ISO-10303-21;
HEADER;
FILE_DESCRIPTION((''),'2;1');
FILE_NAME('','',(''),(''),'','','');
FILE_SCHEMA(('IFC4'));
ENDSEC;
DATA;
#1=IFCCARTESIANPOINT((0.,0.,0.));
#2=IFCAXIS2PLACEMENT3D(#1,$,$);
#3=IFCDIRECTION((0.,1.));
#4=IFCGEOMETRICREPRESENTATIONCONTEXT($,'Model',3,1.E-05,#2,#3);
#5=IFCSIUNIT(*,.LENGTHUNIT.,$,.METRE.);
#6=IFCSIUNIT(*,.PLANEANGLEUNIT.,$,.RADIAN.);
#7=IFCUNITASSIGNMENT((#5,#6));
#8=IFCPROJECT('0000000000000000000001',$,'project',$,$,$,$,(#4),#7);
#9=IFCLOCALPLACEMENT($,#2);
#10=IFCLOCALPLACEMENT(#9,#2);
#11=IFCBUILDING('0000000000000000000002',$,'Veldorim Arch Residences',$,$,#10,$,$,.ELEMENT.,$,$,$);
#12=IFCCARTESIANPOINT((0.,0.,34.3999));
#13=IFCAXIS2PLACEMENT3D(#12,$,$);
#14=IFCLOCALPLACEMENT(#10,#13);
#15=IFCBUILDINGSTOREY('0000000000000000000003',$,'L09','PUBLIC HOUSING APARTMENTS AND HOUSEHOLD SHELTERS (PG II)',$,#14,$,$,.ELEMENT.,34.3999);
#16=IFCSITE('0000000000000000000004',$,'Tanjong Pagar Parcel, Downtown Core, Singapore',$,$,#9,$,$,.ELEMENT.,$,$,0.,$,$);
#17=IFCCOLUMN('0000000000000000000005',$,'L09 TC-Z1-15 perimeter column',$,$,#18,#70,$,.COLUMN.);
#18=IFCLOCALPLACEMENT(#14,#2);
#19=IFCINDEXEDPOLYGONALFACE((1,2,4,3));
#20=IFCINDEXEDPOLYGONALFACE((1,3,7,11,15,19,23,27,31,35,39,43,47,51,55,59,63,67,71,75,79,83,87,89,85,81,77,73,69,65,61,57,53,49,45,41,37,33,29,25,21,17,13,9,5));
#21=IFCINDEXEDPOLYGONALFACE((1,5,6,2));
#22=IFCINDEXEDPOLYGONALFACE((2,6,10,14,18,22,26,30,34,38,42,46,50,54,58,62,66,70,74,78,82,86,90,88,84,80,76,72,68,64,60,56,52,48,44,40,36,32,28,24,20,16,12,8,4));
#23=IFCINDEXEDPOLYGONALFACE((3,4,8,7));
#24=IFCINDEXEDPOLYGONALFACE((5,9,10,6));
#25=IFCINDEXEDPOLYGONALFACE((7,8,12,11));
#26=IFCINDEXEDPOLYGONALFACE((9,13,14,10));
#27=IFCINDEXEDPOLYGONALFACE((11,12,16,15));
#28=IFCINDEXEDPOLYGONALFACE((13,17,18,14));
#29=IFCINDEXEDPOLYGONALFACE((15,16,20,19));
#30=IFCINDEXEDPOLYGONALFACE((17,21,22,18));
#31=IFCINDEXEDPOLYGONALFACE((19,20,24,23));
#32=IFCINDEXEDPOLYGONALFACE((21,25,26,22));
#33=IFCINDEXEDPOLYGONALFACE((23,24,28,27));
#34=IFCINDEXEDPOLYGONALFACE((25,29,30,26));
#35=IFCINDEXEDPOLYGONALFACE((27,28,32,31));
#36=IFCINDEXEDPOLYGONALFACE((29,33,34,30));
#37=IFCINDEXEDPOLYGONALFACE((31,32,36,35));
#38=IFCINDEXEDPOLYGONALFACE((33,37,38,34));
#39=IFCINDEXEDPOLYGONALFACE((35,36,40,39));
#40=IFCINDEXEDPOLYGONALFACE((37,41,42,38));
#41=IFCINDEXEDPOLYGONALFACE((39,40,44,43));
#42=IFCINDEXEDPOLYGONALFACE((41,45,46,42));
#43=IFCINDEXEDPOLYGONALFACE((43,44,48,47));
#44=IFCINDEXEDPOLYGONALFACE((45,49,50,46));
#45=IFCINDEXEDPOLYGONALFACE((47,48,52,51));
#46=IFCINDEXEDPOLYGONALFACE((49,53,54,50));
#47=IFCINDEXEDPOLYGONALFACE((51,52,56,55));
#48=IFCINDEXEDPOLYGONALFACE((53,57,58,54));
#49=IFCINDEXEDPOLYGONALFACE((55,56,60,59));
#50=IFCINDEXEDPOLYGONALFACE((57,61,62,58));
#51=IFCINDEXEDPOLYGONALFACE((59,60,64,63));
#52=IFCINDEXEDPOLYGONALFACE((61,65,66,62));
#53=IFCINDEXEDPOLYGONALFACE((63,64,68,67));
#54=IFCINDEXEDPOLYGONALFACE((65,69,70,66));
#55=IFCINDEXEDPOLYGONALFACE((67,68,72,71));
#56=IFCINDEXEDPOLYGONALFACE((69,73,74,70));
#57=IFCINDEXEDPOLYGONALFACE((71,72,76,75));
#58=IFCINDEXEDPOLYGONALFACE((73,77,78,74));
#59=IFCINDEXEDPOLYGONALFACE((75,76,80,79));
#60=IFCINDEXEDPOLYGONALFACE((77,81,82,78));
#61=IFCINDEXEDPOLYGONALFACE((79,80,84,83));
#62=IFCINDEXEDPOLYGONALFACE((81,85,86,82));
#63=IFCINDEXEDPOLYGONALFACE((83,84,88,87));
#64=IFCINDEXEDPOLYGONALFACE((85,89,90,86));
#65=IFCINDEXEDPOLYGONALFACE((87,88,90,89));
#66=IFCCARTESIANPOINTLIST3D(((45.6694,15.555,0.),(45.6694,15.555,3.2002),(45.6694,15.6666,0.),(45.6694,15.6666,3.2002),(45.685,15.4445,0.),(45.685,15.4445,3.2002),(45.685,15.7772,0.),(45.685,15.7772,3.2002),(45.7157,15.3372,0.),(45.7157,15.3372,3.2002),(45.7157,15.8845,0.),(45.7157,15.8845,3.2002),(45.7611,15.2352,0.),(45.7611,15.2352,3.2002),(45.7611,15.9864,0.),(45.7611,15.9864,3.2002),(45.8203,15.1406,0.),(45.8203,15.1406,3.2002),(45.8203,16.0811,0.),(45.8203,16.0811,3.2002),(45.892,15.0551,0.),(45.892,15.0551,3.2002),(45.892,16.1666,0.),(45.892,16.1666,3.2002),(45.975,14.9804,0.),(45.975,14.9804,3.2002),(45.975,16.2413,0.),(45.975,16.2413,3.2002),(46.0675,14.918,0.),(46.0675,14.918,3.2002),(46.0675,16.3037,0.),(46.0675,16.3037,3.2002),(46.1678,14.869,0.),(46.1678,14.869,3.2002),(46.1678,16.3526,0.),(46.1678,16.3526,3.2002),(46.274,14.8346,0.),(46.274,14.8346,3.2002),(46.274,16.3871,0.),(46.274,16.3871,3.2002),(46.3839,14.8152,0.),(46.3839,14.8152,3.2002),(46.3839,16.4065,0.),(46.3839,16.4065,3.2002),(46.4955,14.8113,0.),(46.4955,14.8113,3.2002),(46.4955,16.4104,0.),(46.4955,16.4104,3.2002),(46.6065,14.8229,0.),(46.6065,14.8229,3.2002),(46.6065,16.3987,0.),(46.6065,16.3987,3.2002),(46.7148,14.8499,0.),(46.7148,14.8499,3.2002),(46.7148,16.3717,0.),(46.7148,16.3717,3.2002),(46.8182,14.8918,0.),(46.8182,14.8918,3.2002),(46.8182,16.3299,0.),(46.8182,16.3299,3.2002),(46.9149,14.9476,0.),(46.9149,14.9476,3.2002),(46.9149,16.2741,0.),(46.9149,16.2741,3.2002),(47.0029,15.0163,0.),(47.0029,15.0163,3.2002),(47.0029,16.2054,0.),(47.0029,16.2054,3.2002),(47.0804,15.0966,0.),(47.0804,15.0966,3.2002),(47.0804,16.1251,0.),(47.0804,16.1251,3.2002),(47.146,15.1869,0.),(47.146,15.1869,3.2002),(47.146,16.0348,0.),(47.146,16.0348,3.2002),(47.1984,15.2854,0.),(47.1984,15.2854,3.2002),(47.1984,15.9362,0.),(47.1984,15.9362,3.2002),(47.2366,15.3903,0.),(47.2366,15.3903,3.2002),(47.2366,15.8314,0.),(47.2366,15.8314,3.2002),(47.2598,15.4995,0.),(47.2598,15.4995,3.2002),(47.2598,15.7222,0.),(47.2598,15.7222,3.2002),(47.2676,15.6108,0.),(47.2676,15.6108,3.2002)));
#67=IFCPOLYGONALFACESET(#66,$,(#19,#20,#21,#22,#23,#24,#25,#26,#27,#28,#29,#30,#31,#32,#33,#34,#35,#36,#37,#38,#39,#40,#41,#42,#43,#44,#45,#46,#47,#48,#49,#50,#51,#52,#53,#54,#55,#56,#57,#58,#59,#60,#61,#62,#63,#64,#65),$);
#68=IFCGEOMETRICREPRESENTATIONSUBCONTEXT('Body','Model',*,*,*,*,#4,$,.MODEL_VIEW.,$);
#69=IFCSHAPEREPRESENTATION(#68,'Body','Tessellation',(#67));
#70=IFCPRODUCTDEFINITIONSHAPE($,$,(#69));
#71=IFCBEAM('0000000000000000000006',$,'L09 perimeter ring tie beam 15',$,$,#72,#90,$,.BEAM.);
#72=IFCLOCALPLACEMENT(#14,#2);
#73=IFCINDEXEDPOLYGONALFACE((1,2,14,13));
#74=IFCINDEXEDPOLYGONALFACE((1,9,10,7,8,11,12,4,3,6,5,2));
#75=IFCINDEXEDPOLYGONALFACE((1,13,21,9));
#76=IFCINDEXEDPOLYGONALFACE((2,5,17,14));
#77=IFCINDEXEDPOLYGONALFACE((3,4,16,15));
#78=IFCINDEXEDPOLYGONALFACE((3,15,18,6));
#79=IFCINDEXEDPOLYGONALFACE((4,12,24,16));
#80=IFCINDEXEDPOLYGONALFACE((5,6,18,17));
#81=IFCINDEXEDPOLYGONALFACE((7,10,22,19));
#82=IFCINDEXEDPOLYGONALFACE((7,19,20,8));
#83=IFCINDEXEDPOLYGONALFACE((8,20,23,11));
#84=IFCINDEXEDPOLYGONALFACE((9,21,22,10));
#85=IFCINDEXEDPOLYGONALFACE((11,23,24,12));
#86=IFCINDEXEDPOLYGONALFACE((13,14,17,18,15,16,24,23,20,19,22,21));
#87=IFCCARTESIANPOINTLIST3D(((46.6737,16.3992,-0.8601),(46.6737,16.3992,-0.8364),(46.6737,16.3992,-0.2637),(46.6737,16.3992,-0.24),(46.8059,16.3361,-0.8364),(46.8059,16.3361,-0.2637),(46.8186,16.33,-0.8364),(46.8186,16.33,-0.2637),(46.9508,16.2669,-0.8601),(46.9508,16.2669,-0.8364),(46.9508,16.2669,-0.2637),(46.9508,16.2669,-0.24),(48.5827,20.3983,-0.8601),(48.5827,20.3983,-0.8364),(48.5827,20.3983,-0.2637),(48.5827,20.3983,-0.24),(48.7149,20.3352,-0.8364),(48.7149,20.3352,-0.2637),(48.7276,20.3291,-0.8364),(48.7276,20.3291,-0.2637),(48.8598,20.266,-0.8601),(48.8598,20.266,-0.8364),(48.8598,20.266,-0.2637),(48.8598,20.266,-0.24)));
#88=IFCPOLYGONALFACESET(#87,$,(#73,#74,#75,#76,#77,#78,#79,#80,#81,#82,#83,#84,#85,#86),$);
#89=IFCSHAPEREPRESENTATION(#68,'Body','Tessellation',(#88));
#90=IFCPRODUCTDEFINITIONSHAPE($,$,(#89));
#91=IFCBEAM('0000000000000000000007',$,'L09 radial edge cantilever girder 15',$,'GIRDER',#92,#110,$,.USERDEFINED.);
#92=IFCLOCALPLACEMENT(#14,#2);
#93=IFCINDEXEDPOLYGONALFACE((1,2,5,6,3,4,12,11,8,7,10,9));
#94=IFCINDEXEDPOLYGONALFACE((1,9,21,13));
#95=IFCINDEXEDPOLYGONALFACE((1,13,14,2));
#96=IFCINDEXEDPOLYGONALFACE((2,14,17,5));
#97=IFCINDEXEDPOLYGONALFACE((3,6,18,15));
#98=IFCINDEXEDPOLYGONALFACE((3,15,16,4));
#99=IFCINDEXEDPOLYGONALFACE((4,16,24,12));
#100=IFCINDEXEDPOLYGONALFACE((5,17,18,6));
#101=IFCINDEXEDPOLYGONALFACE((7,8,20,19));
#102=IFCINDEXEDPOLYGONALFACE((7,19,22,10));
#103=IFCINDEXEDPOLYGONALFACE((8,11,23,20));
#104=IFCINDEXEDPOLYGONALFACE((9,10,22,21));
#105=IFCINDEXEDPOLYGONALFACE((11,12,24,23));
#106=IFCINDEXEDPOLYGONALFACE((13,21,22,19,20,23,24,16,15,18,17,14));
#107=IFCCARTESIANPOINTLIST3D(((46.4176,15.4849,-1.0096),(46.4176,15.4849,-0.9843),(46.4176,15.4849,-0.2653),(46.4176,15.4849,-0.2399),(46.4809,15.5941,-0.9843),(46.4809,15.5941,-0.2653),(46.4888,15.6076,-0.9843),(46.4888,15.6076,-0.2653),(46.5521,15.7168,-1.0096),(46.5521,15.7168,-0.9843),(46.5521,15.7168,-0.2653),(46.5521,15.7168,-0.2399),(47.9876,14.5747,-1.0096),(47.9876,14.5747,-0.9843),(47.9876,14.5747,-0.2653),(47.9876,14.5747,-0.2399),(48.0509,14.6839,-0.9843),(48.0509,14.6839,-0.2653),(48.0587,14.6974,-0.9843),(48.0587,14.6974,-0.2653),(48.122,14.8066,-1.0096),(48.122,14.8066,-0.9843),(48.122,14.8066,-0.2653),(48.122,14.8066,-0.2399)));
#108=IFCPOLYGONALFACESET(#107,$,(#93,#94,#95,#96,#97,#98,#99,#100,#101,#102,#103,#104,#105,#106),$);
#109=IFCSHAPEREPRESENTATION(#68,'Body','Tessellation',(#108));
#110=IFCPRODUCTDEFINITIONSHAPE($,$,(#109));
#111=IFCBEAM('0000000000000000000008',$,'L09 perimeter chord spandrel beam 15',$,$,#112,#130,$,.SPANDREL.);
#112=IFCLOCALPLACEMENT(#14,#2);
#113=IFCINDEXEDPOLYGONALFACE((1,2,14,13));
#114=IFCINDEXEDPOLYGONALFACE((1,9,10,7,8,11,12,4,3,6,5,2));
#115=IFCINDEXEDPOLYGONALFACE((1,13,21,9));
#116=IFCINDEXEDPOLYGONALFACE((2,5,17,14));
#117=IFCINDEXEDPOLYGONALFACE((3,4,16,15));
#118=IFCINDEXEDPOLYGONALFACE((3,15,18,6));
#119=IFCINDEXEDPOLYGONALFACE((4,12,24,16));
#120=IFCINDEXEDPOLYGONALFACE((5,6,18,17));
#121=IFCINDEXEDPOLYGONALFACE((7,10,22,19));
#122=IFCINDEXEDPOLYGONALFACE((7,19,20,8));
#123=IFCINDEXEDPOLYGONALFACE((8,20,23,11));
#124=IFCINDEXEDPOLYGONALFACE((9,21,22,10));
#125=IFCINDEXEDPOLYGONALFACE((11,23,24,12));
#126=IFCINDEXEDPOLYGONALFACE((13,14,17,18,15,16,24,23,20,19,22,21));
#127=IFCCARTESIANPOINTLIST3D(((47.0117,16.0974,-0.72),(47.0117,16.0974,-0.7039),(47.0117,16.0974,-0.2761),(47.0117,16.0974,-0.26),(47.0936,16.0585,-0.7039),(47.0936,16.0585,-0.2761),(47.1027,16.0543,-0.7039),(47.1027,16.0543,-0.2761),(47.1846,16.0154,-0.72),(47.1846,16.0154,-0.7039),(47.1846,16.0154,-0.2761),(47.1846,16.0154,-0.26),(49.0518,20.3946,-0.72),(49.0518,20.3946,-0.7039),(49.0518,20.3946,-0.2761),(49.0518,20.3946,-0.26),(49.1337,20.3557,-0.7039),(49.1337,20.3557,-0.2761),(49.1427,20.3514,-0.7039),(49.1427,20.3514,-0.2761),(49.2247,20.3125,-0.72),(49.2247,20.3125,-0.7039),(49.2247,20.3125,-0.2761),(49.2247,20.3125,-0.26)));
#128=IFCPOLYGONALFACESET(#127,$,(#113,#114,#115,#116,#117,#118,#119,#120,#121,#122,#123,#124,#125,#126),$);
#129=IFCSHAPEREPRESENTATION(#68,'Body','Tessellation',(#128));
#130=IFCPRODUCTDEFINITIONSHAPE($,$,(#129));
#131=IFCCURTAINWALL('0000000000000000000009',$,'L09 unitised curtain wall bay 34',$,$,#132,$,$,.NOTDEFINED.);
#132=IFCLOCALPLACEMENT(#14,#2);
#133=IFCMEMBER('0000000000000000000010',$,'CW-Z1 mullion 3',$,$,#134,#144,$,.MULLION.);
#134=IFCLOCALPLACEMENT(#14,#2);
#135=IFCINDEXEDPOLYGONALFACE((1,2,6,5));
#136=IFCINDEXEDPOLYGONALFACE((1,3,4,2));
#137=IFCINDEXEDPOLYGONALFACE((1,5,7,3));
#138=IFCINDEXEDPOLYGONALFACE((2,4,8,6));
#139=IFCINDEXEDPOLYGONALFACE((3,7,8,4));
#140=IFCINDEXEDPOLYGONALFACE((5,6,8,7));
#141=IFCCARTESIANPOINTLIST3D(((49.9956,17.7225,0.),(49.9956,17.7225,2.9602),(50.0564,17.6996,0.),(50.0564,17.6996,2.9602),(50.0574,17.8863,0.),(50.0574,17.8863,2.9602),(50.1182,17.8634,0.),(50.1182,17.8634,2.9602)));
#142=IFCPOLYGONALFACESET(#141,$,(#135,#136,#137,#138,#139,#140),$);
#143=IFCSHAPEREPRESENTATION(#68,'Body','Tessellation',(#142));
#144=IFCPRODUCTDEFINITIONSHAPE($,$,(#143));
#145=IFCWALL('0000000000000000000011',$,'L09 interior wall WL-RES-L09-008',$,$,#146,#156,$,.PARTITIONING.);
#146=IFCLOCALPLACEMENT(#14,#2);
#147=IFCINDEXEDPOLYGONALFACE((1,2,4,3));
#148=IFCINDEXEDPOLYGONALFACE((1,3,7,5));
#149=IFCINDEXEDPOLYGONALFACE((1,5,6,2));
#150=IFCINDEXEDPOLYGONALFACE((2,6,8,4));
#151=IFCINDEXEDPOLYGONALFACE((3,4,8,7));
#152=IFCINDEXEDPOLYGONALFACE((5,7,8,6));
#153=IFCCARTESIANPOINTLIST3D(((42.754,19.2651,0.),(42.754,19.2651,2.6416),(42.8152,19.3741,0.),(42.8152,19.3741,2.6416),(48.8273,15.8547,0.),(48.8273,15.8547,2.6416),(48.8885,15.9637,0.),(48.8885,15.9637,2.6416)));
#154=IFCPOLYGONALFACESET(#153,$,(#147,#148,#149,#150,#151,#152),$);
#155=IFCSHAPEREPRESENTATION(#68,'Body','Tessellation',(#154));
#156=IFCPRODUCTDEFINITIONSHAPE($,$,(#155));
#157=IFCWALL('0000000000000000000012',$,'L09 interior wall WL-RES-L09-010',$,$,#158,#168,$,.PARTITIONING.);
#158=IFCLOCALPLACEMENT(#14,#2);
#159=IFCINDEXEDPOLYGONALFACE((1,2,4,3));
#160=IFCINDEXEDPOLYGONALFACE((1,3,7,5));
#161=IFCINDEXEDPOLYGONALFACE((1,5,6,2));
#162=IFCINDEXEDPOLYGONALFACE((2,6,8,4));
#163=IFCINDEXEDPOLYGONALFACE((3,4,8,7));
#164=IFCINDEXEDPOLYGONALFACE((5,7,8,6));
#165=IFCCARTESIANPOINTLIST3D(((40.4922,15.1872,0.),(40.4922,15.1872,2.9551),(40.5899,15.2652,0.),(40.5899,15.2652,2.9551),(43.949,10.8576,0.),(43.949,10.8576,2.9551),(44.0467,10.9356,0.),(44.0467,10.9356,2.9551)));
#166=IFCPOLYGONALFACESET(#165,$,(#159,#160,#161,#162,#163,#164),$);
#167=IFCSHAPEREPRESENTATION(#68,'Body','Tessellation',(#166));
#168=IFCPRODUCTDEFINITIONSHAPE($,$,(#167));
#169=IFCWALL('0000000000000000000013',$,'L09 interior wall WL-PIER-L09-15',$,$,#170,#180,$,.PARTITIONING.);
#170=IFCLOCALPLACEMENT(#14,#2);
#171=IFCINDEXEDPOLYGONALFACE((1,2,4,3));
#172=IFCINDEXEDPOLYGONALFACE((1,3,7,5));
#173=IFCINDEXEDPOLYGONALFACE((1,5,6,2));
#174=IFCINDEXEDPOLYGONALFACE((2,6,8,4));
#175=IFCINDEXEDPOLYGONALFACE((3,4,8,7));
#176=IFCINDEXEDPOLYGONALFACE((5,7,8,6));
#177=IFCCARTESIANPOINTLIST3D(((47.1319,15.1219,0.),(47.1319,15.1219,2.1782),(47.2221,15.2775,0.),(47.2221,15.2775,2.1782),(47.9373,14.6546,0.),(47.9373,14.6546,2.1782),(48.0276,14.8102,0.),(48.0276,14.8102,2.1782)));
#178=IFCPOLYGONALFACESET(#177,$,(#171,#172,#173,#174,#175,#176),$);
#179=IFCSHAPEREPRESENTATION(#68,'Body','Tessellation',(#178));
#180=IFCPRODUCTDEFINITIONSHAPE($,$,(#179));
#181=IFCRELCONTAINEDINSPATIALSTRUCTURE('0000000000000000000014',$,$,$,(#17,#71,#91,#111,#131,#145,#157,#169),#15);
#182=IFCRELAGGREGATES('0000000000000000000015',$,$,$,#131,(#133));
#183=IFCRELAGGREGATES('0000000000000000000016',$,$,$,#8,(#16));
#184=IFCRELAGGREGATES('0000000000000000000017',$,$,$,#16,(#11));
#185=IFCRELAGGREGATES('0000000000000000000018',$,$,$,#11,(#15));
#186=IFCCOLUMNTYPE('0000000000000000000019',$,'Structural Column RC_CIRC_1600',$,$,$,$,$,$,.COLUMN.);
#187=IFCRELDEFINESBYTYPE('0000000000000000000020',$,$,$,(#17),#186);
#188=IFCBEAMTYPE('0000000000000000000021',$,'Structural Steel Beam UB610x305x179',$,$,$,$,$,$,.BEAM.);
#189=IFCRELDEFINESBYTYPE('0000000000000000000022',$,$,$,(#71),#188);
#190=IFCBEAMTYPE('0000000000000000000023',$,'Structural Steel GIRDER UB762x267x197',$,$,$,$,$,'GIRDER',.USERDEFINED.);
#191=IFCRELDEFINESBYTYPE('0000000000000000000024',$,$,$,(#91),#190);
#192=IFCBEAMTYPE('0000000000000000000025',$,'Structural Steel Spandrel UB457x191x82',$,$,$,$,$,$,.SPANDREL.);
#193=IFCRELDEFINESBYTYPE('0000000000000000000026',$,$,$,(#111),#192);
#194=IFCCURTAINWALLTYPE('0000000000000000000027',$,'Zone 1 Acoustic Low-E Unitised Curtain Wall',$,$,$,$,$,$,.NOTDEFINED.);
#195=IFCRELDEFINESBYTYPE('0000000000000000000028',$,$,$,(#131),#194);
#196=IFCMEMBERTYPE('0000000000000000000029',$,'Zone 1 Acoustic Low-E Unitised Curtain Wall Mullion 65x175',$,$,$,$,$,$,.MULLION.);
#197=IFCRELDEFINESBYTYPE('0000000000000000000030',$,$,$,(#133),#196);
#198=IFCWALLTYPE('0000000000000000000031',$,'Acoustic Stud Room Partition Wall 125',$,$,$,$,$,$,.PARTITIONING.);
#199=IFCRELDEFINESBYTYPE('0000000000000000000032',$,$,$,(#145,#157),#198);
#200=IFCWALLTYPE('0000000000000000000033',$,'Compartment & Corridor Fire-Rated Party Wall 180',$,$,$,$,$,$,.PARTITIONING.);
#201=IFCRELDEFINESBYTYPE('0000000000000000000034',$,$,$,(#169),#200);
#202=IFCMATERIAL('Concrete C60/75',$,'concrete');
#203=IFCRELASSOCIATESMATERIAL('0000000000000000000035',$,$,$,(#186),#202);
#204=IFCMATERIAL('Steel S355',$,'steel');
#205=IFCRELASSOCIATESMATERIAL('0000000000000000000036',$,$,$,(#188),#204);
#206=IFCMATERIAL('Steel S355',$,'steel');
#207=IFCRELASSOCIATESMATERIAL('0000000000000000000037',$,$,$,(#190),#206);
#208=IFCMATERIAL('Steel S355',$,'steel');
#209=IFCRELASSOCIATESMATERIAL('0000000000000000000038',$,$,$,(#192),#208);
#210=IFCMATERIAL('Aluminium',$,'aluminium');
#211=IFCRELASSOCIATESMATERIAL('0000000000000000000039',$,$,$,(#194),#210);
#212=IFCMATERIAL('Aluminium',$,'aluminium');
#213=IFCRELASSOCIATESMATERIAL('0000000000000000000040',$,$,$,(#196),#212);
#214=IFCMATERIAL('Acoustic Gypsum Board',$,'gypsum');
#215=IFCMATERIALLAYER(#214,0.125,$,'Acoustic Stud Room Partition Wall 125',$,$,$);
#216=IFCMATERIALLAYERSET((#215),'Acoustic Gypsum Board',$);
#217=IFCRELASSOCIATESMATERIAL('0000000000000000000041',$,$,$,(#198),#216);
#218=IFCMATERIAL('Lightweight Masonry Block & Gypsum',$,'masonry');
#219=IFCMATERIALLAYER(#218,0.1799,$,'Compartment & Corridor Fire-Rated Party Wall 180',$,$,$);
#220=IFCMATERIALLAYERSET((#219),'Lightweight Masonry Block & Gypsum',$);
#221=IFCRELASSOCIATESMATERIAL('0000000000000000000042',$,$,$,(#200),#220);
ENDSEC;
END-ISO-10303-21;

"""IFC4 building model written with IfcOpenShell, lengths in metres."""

from ifc_helpers import new_model, si_unit, direction, frame, frame_2d, origin, origin_2d, place, context, subcontext, project, spatial, rectangle, circle, i_section, extrude, material, layer, layer_set, material_profile, profile_set, type_object, element, aggregate, save


model = new_model("IFC4")

# Units and contexts
model_context = context("Model", 3, precision=1e-05, world=origin(), true_north=direction((0.0, 1.0)))
body_context = subcontext(model_context, "Body", "Model", "MODEL_VIEW")
ifc_project = project(units=[si_unit("LENGTHUNIT", "METRE"), si_unit("PLANEANGLEUNIT", "RADIAN")], contexts=[model_context])

# Site, building, storey
site_placement = place(None, origin())
site = spatial("IfcSite", under=ifc_project, at=site_placement, Name="Tanjong Pagar Parcel, Downtown Core, Singapore", CompositionType="ELEMENT", RefElevation=0.0)
building_placement = place(site_placement, origin())
building = spatial("IfcBuilding", under=site, at=building_placement, Name="Veldorim Arch Residences", CompositionType="ELEMENT")
storey_placement = place(building_placement, frame((0.0, 0.0, 34.3999)))
storey = spatial("IfcBuildingStorey", under=building, at=storey_placement, Name="L09", Description="PUBLIC HOUSING APARTMENTS AND HOUSEHOLD SHELTERS (PG II)", CompositionType="ELEMENT", Elevation=34.3999)

# Column
ifc_material_1 = material(Name="Concrete C60/75", Category="concrete")
ifc_material_profile_1 = material_profile(ifc_material_1, circle(Radius=0.8, at=origin_2d()), Name="RC_CIRC_1600")
ifc_profile_set_1 = profile_set([ifc_material_profile_1], Name="Concrete C60/75")
column_type = type_object("IfcColumnType", Name="Structural Column RC_CIRC_1600", PredefinedType="COLUMN", material=ifc_profile_set_1)
column_placement = place(storey_placement, frame((46.4675, 15.6108, 0.0), z_axis=(0.0, 0.0, 1.0), x_axis=(1.0, 0.0, 0.0)))
element("IfcColumn", 1, at=column_placement, inside=storey, type_object=column_type, Name="L09 TC-Z1-15 perimeter column", PredefinedType="COLUMN", context=body_context, shape_type="SweptSolid", body=[
    extrude(circle(Radius=0.8, at=origin_2d()), origin(), (0.0, 0.0, 1.0), 3.2002),
])

# Beams
ifc_material_2 = material(Name="Steel S355", Category="steel")
ifc_material_profile_2 = material_profile(ifc_material_2, i_section(OverallWidth=0.3071, OverallDepth=0.6201, WebThickness=0.0142, FlangeThickness=0.0237, at=origin_2d()), Name="UB610x305x179")
ifc_profile_set_2 = profile_set([ifc_material_profile_2], Name="Steel S355")
beam_type_1 = type_object("IfcBeamType", Name="Structural Steel Beam UB610x305x179", PredefinedType="BEAM", material=ifc_profile_set_2)
beam_1_placement = place(storey_placement, frame((46.8123, 16.333, -0.55), z_axis=(0.430787, 0.902454, 0.0), x_axis=(-0.902454, 0.430787, 0.0)))
element("IfcBeam", 2, at=beam_1_placement, inside=storey, type_object=beam_type_1, Name="L09 perimeter ring tie beam 15", PredefinedType="BEAM", context=body_context, shape_type="SweptSolid", body=[
    extrude(i_section(OverallWidth=0.3071, OverallDepth=0.6201, WebThickness=0.0142, FlangeThickness=0.0237, at=origin_2d()), origin(), (0.0, 0.0, 1.0), 4.4314),
])
ifc_material_3 = material(Name="Steel S355", Category="steel")
ifc_material_profile_3 = material_profile(ifc_material_3, i_section(OverallWidth=0.2681, OverallDepth=0.7698, WebThickness=0.0156, FlangeThickness=0.0254, at=origin_2d()), Name="UB762x267x197")
ifc_profile_set_3 = profile_set([ifc_material_profile_3], Name="Steel S355")
beam_type_2 = type_object("IfcBeamType", Name="Structural Steel GIRDER UB762x267x197", ElementType="GIRDER", PredefinedType="USERDEFINED", material=ifc_profile_set_3)
beam_2_placement = place(storey_placement, frame((46.4849, 15.6008, -0.6248), z_axis=(0.865113, -0.501577, 0.0), x_axis=(0.501577, 0.865113, 0.0)))
element("IfcBeam", 3, at=beam_2_placement, inside=storey, type_object=beam_type_2, Name="L09 radial edge cantilever girder 15", ObjectType="GIRDER", PredefinedType="USERDEFINED", context=body_context, shape_type="SweptSolid", body=[
    extrude(i_section(OverallWidth=0.2681, OverallDepth=0.7698, WebThickness=0.0156, FlangeThickness=0.0254, at=origin_2d()), origin(), (0.0, 0.0, 1.0), 1.8147),
])
ifc_material_4 = material(Name="Steel S355", Category="steel")
ifc_material_profile_4 = material_profile(ifc_material_4, i_section(OverallWidth=0.1914, OverallDepth=0.46, WebThickness=0.01, FlangeThickness=0.0161, at=origin_2d()), Name="UB457x191x82")
ifc_profile_set_4 = profile_set([ifc_material_profile_4], Name="Steel S355")
beam_type_3 = type_object("IfcBeamType", Name="Structural Steel Spandrel UB457x191x82", PredefinedType="SPANDREL", material=ifc_profile_set_4)
beam_3_placement = place(storey_placement, frame((47.0981, 16.0564, -0.49), z_axis=(0.428869, 0.903366, 0.0), x_axis=(-0.903366, 0.428869, 0.0)))
element("IfcBeam", 4, at=beam_3_placement, inside=storey, type_object=beam_type_3, Name="L09 perimeter chord spandrel beam 15", PredefinedType="SPANDREL", context=body_context, shape_type="SweptSolid", body=[
    extrude(i_section(OverallWidth=0.1914, OverallDepth=0.46, WebThickness=0.01, FlangeThickness=0.0161, at=origin_2d()), origin(), (0.0, 0.0, 1.0), 4.7568),
])

# Curtain wall, member
ifc_material_5 = material(Name="Aluminium", Category="aluminium")
curtain_wall_type = type_object("IfcCurtainWallType", Name="Zone 1 Acoustic Low-E Unitised Curtain Wall", PredefinedType="NOTDEFINED", material=ifc_material_5)
curtain_wall_placement = place(storey_placement, origin())
curtain_wall = element("IfcCurtainWall", 5, at=curtain_wall_placement, inside=storey, type_object=curtain_wall_type, Name="L09 unitised curtain wall bay 34", PredefinedType="NOTDEFINED")
ifc_material_6 = material(Name="Aluminium", Category="aluminium")
ifc_material_profile_5 = material_profile(ifc_material_6, rectangle(XDim=0.0649, YDim=0.175, at=origin_2d()), Name="ALU_MUL_65x175")
ifc_profile_set_5 = profile_set([ifc_material_profile_5], Name="Aluminium")
member_type = type_object("IfcMemberType", Name="Zone 1 Acoustic Low-E Unitised Curtain Wall Mullion 65x175", PredefinedType="MULLION", material=ifc_profile_set_5)
member_placement = place(storey_placement, frame((50.0569, 17.793, 0.0), z_axis=(0.0, 0.0, 1.0), x_axis=(0.935656, -0.352914, 0.0)))
member = element("IfcMember", 6, at=member_placement, type_object=member_type, Name="CW-Z1 mullion 3", PredefinedType="MULLION", context=body_context, shape_type="SweptSolid", body=[
    extrude(rectangle(XDim=0.0649, YDim=0.175, at=origin_2d()), origin(), (0.0, 0.0, 1.0), 2.9602),
])
aggregate(curtain_wall, [member])

# Walls
ifc_material_7 = material(Name="Acoustic Gypsum Board", Category="gypsum")
ifc_layer_1 = layer(ifc_material_7, 0.125, Name="Acoustic Stud Room Partition Wall 125")
ifc_layer_set_1 = layer_set([ifc_layer_1], Name="Acoustic Gypsum Board")
wall_type_1 = type_object("IfcWallType", Name="Acoustic Stud Room Partition Wall 125", PredefinedType="PARTITIONING", material=ifc_layer_set_1)
wall_1_placement = place(storey_placement, frame((48.8579, 15.9092, 0.0), z_axis=(0.0, 0.0, 1.0), x_axis=(-0.871931, 0.489629, 0.0)))
element("IfcWall", 7, at=wall_1_placement, inside=storey, type_object=wall_type_1, Name="L09 interior wall WL-RES-L09-008", PredefinedType="PARTITIONING", context=body_context, shape_type="SweptSolid", body=[
    extrude(rectangle(XDim=6.9653, YDim=0.125, at=frame_2d((3.4827, 0.0))), origin(), (0.0, 0.0, 1.0), 2.6416),
])
wall_2_placement = place(storey_placement, frame((43.9978, 10.8967, 0.0), z_axis=(0.0, 0.0, 1.0), x_axis=(-0.623937, 0.781475, 0.0)))
element("IfcWall", 8, at=wall_2_placement, inside=storey, type_object=wall_type_1, Name="L09 interior wall WL-RES-L09-010", PredefinedType="PARTITIONING", context=body_context, shape_type="SweptSolid", body=[
    extrude(rectangle(XDim=5.5403, YDim=0.125, at=frame_2d((2.77, 0.0))), origin(), (0.0, 0.0, 1.0), 2.9551),
])
ifc_material_8 = material(Name="Lightweight Masonry Block & Gypsum", Category="masonry")
ifc_layer_2 = layer(ifc_material_8, 0.1799, Name="Compartment & Corridor Fire-Rated Party Wall 180")
ifc_layer_set_2 = layer_set([ifc_layer_2], Name="Lightweight Masonry Block & Gypsum")
wall_type_2 = type_object("IfcWallType", Name="Compartment & Corridor Fire-Rated Party Wall 180", PredefinedType="PARTITIONING", material=ifc_layer_set_2)
wall_3_placement = place(storey_placement, frame((47.177, 15.1997, 0.0), z_axis=(0.0, 0.0, 1.0), x_axis=(0.864965, -0.501832, 0.0)))
element("IfcWall", 9, at=wall_3_placement, inside=storey, type_object=wall_type_2, Name="L09 interior wall WL-PIER-L09-15", PredefinedType="PARTITIONING", context=body_context, shape_type="SweptSolid", body=[
    extrude(rectangle(XDim=0.9312, YDim=0.1799, at=frame_2d((0.4656, 0.0))), origin(), (0.0, 0.0, 1.0), 2.1782),
])

save(model, "model.ifc")
